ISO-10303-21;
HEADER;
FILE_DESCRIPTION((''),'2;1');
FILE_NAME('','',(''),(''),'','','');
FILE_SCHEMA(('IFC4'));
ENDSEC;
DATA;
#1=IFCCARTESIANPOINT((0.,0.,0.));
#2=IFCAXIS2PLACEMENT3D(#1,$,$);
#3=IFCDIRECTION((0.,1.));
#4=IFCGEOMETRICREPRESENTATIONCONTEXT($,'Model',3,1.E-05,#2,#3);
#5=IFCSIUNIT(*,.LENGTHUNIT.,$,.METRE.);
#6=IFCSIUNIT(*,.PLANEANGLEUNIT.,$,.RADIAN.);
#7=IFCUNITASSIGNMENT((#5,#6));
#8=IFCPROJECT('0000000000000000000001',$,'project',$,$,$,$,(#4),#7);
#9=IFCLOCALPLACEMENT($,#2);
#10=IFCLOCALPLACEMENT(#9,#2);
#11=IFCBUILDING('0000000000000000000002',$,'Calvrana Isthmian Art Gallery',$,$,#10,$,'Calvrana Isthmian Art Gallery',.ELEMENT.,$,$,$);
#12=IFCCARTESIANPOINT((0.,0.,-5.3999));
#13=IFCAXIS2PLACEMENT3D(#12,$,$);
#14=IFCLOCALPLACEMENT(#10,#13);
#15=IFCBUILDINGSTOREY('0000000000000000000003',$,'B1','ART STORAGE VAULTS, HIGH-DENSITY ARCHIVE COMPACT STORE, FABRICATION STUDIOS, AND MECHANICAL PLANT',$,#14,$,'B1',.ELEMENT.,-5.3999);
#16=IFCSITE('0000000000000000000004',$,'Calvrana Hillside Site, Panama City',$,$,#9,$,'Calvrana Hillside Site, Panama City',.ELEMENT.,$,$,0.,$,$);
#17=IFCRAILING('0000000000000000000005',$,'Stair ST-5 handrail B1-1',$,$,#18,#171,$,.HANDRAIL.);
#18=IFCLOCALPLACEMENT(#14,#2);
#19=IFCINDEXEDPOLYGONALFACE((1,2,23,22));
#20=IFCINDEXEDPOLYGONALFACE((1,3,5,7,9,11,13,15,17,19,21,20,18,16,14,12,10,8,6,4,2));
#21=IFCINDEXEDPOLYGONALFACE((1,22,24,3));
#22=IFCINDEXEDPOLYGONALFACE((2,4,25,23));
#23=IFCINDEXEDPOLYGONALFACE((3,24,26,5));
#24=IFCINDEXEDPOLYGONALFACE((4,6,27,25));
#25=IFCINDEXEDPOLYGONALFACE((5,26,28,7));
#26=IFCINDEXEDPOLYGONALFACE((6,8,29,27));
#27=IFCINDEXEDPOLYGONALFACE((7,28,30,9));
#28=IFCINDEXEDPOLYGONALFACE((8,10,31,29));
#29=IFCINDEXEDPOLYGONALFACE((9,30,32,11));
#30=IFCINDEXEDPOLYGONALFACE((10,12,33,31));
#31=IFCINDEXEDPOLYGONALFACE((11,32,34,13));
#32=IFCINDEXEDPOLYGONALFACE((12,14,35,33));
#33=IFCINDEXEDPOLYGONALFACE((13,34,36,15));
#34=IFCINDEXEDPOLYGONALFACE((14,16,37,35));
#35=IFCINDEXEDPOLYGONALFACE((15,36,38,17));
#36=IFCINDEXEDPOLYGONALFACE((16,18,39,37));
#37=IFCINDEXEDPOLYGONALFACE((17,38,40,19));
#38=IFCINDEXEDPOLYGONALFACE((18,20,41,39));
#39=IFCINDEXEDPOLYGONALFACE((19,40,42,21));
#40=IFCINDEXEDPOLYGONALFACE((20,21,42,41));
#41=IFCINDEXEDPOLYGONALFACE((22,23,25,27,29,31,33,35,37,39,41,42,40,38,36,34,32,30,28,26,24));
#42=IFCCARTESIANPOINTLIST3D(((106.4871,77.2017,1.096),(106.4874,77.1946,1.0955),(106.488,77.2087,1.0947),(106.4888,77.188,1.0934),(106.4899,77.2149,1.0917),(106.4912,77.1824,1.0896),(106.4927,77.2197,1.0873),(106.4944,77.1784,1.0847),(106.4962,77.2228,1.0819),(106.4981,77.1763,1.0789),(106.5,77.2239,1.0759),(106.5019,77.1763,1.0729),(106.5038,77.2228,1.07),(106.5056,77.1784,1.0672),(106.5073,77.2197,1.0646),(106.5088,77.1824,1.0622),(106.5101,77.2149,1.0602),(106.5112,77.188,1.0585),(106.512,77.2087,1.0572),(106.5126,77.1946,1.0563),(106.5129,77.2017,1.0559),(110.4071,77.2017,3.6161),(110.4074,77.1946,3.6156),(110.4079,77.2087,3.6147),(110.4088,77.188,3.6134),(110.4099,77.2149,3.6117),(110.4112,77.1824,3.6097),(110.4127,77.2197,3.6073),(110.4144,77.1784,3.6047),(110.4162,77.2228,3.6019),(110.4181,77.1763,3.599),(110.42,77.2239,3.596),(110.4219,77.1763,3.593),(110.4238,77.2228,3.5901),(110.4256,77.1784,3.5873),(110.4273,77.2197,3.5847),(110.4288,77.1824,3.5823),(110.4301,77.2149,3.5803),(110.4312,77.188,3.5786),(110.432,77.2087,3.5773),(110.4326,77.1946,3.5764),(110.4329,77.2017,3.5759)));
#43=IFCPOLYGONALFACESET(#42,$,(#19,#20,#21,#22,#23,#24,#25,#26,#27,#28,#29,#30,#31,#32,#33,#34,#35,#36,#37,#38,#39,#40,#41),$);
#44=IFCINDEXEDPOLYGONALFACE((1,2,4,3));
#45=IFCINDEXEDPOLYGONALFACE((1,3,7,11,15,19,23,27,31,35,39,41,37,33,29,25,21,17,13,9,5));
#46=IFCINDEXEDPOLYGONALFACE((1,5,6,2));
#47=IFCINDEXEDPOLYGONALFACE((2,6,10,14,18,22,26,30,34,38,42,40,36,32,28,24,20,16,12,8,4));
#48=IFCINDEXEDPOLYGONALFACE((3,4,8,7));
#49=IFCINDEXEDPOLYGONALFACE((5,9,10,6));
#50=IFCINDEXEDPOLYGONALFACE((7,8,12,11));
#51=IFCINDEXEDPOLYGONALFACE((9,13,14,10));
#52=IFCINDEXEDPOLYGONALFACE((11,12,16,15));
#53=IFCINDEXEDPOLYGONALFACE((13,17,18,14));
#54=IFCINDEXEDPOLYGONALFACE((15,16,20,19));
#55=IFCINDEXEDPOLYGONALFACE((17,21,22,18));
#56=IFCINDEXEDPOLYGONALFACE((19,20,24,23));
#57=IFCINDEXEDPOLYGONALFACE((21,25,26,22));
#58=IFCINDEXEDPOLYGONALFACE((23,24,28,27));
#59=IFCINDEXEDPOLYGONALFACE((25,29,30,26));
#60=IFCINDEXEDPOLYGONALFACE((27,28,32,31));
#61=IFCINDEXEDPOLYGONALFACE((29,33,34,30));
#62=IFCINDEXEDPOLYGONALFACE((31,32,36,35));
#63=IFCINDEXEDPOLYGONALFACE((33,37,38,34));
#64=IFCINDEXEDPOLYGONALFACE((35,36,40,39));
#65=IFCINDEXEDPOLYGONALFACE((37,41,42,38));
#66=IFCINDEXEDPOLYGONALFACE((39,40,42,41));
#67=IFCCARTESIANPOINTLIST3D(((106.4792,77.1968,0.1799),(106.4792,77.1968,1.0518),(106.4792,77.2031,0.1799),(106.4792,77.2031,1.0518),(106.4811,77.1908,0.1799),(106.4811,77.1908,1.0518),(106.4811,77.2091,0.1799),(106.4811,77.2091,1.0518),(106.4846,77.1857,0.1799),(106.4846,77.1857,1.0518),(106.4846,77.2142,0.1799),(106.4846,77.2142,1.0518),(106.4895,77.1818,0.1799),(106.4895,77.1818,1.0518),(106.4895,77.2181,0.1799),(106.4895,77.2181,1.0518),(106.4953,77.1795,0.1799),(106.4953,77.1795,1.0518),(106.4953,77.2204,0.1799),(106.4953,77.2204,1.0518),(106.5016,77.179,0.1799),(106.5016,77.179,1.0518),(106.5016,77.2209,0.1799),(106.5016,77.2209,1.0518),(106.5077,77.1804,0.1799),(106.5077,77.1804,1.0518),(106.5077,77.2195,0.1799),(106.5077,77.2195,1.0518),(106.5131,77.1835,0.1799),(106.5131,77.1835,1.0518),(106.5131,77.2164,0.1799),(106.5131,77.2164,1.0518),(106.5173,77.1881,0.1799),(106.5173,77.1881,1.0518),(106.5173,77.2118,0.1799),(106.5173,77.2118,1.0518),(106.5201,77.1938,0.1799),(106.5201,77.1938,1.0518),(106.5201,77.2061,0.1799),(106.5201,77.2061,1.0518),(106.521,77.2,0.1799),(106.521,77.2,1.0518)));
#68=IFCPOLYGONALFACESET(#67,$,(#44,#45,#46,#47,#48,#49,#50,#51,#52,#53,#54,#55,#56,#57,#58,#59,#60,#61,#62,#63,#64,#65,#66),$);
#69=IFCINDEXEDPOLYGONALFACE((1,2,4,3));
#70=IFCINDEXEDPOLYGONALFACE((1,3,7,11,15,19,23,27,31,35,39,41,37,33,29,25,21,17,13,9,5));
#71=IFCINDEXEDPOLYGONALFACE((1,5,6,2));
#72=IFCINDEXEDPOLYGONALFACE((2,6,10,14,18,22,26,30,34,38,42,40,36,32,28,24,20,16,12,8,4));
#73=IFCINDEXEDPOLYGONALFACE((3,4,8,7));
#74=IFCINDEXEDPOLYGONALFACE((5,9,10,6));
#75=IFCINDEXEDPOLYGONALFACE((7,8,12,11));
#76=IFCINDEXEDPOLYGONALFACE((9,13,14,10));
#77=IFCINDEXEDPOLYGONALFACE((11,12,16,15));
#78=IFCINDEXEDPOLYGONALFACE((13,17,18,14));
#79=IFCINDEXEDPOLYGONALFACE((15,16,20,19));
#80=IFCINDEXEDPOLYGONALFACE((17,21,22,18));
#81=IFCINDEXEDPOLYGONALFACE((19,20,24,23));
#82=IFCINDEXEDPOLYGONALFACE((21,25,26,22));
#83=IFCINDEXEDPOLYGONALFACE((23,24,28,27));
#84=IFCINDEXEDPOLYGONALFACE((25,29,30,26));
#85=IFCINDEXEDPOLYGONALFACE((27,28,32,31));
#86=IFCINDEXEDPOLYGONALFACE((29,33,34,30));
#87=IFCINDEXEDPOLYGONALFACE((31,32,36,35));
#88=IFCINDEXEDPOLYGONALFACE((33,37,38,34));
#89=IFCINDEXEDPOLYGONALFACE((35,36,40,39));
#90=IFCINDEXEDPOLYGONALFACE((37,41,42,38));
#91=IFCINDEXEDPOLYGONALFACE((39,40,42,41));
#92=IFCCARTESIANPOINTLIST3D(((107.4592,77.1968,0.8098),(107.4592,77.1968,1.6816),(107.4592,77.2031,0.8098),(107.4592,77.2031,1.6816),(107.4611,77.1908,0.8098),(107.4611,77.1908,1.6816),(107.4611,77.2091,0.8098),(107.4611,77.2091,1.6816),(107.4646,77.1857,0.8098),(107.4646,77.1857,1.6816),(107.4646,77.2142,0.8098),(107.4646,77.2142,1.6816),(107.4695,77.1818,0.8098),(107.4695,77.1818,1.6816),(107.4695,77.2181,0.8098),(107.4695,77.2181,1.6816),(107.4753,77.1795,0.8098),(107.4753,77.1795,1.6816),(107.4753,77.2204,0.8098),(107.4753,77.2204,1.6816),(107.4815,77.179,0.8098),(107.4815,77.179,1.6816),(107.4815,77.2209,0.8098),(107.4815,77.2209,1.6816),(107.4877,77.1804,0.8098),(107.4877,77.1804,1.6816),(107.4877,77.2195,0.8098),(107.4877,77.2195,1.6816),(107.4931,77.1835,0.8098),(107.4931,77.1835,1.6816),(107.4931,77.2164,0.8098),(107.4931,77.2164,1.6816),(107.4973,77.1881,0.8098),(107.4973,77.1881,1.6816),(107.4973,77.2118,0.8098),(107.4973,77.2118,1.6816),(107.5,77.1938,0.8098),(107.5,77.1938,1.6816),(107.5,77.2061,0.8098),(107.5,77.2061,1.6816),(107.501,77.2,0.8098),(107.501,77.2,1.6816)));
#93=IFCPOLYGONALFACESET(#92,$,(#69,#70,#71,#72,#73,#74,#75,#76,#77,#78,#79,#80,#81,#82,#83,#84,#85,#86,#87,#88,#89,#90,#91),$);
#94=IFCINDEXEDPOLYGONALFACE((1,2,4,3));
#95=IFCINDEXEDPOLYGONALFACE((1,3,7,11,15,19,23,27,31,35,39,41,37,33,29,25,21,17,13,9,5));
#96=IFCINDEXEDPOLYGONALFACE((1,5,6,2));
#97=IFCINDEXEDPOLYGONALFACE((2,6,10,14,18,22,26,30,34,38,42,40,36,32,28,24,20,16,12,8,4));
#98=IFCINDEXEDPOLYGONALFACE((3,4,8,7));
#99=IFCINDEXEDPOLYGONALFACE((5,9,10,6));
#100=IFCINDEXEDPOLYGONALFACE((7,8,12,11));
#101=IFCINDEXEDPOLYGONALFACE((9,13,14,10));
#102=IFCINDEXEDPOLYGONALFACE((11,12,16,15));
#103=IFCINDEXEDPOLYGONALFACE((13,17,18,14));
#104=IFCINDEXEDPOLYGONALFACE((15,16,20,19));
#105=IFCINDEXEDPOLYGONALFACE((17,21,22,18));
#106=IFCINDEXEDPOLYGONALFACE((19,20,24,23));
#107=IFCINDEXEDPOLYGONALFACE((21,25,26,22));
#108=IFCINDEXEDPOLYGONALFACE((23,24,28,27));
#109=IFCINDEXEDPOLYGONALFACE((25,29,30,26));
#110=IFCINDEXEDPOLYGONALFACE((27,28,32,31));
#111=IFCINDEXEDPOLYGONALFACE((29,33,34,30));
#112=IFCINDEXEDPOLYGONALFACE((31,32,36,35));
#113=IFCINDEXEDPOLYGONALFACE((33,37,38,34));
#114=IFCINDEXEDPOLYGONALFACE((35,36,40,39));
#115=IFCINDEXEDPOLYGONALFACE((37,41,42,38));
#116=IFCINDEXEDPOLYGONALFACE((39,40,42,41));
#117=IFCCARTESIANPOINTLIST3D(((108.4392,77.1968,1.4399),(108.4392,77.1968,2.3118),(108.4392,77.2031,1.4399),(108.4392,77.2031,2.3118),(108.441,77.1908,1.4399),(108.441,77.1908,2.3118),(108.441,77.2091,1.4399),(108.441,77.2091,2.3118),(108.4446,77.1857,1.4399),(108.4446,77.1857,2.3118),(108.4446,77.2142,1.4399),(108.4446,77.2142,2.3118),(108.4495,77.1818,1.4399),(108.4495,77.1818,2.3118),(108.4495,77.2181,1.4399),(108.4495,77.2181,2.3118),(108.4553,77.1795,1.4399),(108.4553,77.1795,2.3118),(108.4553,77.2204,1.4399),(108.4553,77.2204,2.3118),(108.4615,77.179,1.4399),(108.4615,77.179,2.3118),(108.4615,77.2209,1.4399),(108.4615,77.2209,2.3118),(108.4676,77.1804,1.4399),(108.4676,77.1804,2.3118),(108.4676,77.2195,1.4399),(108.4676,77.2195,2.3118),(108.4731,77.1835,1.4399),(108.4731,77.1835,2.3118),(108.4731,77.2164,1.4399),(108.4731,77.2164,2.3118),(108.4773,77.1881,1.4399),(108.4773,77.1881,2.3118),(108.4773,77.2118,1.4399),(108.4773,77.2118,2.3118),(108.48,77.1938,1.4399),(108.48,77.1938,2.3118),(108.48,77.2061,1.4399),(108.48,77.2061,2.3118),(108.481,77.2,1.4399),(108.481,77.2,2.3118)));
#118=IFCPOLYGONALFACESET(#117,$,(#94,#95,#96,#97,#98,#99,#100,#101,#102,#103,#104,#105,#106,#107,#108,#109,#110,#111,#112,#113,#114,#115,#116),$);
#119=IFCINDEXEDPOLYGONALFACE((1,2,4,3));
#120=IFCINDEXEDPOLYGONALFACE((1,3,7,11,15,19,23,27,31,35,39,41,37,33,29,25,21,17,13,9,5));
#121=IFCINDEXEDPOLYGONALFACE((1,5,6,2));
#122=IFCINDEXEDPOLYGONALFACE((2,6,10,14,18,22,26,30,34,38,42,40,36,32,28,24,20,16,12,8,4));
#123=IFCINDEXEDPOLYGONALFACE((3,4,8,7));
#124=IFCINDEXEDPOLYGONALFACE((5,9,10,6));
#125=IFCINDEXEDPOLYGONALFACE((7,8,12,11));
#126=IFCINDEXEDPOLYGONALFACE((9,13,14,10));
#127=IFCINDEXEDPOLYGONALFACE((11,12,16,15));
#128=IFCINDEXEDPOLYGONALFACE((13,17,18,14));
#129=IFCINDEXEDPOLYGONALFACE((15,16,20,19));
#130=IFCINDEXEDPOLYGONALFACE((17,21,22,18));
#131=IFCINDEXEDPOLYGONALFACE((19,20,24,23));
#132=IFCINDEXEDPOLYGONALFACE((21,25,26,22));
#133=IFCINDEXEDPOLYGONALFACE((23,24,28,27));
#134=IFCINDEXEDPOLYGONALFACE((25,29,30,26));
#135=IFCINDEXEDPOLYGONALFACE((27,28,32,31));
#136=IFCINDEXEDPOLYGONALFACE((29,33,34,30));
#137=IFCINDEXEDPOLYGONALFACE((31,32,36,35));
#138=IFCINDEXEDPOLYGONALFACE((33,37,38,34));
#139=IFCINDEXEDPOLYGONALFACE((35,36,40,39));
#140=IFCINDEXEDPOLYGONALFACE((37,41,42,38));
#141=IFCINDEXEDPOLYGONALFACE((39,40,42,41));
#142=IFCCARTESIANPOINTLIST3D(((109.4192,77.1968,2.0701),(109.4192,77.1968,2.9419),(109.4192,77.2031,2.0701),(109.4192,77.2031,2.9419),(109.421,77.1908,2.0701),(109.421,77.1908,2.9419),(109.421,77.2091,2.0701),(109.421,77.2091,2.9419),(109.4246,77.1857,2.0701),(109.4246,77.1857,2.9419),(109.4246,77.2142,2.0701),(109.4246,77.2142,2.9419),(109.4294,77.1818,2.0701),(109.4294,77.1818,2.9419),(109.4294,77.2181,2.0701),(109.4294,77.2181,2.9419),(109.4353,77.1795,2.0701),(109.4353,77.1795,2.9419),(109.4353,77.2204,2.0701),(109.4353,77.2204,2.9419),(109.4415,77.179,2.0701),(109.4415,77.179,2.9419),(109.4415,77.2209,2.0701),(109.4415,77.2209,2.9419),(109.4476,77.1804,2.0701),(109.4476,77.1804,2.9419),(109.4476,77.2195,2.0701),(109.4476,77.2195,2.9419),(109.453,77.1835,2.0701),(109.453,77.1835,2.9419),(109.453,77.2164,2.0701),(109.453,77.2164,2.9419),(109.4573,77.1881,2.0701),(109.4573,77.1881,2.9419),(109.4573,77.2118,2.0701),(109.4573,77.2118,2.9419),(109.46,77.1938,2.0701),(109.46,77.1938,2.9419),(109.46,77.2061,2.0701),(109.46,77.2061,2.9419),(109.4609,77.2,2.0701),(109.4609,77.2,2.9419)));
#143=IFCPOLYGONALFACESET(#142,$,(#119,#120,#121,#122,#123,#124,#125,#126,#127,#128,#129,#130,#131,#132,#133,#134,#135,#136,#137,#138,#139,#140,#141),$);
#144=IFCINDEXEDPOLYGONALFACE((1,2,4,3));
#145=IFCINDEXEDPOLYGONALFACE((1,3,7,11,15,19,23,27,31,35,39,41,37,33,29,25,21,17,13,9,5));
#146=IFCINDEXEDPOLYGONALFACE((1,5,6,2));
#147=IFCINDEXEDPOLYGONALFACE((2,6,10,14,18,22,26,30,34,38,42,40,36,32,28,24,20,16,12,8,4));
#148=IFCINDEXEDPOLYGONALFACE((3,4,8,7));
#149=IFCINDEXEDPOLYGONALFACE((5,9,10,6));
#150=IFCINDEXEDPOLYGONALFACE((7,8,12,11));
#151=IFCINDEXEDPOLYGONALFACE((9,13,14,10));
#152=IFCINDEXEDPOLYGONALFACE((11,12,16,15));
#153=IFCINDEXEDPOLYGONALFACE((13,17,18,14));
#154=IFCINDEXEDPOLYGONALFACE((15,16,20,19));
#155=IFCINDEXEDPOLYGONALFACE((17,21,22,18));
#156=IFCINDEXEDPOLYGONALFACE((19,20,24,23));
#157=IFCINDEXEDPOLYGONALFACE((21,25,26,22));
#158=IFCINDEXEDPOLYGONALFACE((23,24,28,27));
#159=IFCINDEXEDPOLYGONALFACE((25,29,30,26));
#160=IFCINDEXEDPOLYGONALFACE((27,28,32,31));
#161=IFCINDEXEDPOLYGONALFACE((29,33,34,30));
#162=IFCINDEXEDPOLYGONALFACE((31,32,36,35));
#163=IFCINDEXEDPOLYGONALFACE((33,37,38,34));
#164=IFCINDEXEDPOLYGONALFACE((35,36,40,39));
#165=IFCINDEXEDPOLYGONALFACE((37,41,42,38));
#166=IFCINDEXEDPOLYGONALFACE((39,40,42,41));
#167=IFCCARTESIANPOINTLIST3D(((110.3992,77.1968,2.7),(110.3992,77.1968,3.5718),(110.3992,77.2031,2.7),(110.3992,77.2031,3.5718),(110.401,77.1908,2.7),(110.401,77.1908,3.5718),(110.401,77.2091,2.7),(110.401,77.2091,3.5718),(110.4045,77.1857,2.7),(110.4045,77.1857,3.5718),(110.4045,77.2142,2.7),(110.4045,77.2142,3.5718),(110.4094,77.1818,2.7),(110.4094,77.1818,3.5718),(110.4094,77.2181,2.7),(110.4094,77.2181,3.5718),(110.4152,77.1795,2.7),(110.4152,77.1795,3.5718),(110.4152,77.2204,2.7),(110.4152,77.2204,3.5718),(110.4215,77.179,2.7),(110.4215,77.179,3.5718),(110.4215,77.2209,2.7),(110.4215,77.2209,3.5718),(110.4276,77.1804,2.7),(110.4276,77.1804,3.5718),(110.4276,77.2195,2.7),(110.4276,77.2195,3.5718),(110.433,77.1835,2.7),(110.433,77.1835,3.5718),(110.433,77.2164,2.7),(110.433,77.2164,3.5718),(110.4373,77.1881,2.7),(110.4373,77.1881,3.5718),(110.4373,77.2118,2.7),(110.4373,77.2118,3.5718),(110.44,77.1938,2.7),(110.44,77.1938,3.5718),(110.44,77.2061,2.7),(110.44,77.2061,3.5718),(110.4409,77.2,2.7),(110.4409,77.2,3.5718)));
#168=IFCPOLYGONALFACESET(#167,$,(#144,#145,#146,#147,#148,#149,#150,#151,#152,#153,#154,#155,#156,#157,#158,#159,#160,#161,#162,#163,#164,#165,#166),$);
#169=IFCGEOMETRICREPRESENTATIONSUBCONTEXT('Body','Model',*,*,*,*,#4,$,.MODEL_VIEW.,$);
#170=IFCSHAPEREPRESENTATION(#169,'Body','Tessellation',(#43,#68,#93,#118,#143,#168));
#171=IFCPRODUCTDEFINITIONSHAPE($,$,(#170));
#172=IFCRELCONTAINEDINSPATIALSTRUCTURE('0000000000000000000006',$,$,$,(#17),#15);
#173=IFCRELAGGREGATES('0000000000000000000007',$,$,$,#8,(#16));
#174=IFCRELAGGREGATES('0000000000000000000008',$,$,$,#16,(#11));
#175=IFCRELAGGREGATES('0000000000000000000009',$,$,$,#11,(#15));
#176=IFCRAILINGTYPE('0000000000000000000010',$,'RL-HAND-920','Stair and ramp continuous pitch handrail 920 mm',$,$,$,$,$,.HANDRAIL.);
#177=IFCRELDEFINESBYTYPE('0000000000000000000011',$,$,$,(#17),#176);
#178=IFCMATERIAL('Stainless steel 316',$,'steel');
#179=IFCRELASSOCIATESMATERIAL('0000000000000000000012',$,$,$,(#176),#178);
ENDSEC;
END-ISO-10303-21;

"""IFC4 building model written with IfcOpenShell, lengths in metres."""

from ifc_helpers import new_model, si_unit, direction, frame, origin, origin_2d, place, context, subcontext, project, spatial, circle, extrude, material, type_object, element, save


model = new_model("IFC4")

# Units and contexts
model_context = context("Model", 3, precision=1e-05, world=origin(), true_north=direction((0.0, 1.0)))
body_context = subcontext(model_context, "Body", "Model", "MODEL_VIEW")
ifc_project = project(units=[si_unit("LENGTHUNIT", "METRE"), si_unit("PLANEANGLEUNIT", "RADIAN")], contexts=[model_context])

# Site, building, storey
site_placement = place(None, origin())
site = spatial("IfcSite", under=ifc_project, at=site_placement, Name="Calvrana Hillside Site, Panama City", LongName="Calvrana Hillside Site, Panama City", CompositionType="ELEMENT", RefElevation=0.0)
building_placement = place(site_placement, origin())
building = spatial("IfcBuilding", under=site, at=building_placement, Name="Calvrana Isthmian Art Gallery", LongName="Calvrana Isthmian Art Gallery", CompositionType="ELEMENT")
storey_placement = place(building_placement, frame((0.0, 0.0, -5.3999)))
storey = spatial("IfcBuildingStorey", under=building, at=storey_placement, Name="B1", Description="ART STORAGE VAULTS, HIGH-DENSITY ARCHIVE COMPACT STORE, FABRICATION STUDIOS, AND MECHANICAL PLANT", LongName="B1", CompositionType="ELEMENT", Elevation=-5.3999)

# Railing
ifc_material_1 = material(Name="Stainless steel 316", Category="steel")
railing_type_1 = type_object("IfcRailingType", Name="RL-HAND-920", Description="Stair and ramp continuous pitch handrail 920 mm", PredefinedType="HANDRAIL", material=ifc_material_1)
railing_1_placement = place(storey_placement, frame((106.5, 77.2, 0.1799)))
element("IfcRailing", 1, at=railing_1_placement, inside=storey, type_object=railing_type_1, Name="Stair ST-5 handrail B1-1", PredefinedType="HANDRAIL", context=body_context, shape_type="SweptSolid", body=[
    extrude(circle(Radius=0.0239, at=origin_2d()), frame((0.0, 0.0, 0.896), z_axis=(0.841172, 0.0, 0.540768), x_axis=(0.0, 1.0, 0.0)), (0.0, 0.0, 1.0), 4.6602),
    extrude(circle(Radius=0.021, at=origin_2d()), origin(), (0.0, 0.0, 1.0), 0.8718),
    extrude(circle(Radius=0.021, at=origin_2d()), frame((0.98, 0.0, 0.6299)), (0.0, 0.0, 1.0), 0.8718),
    extrude(circle(Radius=0.021, at=origin_2d()), frame((1.96, 0.0, 1.26)), (0.0, 0.0, 1.0), 0.8718),
    extrude(circle(Radius=0.021, at=origin_2d()), frame((2.9399, 0.0, 1.8901)), (0.0, 0.0, 1.0), 0.8718),
    extrude(circle(Radius=0.021, at=origin_2d()), frame((3.9199, 0.0, 2.52)), (0.0, 0.0, 1.0), 0.8718),
])

save(model, "model.ifc")
